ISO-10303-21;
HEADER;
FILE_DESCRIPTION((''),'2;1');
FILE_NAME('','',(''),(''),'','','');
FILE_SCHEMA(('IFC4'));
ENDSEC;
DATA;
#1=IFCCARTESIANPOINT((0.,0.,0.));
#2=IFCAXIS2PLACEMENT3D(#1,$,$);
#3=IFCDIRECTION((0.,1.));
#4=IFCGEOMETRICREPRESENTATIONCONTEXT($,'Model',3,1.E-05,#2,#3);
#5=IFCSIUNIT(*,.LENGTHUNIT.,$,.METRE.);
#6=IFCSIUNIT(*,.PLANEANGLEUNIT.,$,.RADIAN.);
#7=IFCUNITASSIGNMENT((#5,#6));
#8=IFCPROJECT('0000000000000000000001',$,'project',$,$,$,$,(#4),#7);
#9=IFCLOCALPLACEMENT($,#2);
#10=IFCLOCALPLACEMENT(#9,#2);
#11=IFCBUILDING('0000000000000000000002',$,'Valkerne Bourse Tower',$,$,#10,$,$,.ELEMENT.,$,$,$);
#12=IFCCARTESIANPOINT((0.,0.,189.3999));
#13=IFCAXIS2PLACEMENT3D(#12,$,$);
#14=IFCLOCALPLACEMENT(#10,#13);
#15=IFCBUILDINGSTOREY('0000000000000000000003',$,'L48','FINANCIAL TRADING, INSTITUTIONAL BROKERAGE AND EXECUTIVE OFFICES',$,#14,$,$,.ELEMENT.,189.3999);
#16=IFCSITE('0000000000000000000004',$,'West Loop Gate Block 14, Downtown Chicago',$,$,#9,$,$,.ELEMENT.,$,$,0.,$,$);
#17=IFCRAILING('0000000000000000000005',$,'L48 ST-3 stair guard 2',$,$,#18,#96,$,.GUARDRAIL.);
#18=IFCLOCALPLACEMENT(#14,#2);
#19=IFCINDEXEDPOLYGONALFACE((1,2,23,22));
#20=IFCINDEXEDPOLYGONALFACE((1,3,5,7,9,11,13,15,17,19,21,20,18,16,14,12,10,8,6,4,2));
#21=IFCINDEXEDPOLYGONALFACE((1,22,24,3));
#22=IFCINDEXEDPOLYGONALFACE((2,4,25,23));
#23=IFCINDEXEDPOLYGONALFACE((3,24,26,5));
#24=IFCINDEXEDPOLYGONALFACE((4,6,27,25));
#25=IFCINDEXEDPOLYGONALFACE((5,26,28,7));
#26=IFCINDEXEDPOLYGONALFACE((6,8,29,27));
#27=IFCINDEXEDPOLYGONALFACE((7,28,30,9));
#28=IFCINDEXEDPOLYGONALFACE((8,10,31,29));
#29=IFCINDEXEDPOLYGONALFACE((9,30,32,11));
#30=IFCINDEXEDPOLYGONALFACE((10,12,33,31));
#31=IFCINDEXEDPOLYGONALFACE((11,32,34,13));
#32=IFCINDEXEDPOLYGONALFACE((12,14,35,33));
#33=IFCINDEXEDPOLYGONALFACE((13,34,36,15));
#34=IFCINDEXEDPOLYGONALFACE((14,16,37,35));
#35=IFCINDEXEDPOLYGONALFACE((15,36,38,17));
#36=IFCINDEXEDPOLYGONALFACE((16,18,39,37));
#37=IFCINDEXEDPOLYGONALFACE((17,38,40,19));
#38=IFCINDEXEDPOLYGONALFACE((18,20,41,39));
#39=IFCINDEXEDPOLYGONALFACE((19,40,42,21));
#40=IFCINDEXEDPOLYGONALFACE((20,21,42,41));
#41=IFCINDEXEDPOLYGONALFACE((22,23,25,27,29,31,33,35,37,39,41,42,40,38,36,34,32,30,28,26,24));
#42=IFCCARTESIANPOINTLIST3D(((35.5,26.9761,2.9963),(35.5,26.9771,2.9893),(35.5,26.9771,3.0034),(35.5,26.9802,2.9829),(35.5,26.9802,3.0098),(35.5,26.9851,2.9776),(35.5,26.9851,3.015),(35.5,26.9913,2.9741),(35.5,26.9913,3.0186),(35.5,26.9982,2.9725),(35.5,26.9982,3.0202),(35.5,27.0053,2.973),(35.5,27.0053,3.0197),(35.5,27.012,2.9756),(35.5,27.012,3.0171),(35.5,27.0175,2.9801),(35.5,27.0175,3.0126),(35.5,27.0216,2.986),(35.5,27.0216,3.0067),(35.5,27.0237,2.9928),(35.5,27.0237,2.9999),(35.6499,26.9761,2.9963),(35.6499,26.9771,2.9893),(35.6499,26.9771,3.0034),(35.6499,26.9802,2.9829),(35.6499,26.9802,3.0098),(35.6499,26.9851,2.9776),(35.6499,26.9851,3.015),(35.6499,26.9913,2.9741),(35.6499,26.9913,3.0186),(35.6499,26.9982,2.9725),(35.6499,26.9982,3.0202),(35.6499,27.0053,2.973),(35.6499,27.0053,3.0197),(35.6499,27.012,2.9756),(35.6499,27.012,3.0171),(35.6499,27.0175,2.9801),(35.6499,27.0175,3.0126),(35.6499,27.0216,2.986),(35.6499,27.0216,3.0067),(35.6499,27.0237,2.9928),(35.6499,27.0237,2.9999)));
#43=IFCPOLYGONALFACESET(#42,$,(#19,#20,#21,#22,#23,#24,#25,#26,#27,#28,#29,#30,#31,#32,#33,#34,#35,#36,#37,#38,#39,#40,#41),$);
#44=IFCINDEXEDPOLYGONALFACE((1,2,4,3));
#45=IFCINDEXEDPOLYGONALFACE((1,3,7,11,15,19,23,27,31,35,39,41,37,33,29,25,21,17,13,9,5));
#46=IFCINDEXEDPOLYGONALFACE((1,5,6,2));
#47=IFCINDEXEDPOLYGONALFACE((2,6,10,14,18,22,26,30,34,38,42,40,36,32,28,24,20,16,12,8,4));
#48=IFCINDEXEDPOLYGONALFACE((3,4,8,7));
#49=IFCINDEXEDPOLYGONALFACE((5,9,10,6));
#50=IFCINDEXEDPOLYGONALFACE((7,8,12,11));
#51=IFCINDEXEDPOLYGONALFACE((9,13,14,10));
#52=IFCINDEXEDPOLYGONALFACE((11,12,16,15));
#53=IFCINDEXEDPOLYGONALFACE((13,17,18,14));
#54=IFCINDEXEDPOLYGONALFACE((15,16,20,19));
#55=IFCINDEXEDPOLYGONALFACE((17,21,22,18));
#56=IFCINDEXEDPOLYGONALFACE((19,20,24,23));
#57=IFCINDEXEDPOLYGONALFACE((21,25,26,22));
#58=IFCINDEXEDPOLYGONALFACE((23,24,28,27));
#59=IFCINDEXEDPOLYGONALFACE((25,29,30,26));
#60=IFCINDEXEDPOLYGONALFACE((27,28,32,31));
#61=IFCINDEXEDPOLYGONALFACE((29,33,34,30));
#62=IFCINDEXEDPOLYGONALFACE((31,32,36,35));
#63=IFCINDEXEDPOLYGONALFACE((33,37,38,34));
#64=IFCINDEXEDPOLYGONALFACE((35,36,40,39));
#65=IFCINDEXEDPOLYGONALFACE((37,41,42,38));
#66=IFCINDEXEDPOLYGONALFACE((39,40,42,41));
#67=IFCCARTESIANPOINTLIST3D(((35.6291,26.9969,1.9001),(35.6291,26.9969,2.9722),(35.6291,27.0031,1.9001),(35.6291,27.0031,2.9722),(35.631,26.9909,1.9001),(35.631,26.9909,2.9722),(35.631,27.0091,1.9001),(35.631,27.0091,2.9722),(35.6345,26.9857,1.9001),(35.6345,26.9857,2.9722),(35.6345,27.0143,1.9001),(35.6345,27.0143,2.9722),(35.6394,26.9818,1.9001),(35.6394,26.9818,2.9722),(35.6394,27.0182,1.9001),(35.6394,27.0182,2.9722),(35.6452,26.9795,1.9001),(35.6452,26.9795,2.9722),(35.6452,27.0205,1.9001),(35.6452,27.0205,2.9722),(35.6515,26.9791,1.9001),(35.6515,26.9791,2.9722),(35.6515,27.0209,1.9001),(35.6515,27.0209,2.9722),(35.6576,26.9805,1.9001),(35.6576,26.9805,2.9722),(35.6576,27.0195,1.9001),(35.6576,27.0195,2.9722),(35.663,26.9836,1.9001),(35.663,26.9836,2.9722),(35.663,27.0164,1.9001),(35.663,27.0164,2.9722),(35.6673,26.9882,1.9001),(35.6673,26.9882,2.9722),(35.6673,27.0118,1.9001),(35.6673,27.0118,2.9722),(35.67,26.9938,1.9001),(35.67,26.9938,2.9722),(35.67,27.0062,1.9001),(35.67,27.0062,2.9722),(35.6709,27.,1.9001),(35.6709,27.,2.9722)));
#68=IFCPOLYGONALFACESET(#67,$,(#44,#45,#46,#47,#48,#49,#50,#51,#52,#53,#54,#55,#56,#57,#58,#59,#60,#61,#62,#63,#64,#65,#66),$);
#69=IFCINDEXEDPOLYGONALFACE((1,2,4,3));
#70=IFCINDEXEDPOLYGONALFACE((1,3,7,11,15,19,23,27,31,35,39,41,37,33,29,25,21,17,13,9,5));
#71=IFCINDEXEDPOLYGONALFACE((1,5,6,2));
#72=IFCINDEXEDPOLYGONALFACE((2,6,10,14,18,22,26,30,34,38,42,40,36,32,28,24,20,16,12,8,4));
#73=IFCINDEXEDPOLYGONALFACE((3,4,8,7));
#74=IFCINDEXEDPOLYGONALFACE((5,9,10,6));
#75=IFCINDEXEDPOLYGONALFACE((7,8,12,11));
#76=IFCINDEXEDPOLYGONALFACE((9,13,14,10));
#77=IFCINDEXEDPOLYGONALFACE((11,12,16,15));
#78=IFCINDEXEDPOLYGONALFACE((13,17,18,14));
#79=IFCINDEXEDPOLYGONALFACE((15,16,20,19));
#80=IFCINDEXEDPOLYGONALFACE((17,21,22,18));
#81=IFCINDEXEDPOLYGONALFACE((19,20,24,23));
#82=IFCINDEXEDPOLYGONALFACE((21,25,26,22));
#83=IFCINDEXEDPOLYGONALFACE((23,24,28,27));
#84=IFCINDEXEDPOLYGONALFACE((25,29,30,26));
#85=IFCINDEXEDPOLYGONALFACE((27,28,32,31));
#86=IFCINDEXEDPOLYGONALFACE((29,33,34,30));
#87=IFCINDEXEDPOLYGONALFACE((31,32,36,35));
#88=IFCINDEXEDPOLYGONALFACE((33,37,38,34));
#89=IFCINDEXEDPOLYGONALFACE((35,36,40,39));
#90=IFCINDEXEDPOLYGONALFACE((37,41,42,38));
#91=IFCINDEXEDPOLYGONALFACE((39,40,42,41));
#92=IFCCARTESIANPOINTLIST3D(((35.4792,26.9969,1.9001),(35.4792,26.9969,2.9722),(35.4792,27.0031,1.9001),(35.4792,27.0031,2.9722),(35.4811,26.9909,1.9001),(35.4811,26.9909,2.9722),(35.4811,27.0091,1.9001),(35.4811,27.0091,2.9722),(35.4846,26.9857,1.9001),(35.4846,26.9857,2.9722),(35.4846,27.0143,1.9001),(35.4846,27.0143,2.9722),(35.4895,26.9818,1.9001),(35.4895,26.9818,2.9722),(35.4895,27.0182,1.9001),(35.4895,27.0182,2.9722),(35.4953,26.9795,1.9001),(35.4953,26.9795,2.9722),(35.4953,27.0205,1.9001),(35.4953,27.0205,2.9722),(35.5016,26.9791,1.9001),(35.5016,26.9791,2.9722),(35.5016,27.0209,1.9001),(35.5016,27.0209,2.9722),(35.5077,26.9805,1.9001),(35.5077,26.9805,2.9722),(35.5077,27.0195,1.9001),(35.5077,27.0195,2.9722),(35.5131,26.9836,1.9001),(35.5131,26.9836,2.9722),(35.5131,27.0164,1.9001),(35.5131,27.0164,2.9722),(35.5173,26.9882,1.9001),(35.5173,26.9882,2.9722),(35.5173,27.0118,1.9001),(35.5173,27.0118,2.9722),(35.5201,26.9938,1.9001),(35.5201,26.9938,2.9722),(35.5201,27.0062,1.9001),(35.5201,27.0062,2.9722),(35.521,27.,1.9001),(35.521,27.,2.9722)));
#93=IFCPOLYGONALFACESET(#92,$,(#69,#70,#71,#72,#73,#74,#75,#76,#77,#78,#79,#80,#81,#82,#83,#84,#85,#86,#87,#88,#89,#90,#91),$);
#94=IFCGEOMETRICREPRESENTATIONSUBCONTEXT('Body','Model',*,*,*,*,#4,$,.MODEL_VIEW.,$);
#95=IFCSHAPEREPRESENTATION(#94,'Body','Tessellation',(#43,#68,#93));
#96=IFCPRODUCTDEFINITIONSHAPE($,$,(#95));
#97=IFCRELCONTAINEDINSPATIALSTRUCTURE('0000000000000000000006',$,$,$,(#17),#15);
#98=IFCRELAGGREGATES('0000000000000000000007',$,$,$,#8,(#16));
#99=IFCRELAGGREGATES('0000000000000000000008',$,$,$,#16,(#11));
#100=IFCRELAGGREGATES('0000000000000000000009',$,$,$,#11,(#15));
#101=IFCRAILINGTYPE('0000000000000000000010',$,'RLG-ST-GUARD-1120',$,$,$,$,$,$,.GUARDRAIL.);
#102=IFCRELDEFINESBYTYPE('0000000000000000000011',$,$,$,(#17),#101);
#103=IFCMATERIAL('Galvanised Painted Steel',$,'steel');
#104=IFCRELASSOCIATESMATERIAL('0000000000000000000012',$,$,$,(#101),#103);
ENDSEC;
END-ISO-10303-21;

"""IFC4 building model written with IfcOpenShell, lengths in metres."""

from ifc_helpers import new_model, si_unit, direction, frame, origin, origin_2d, place, context, subcontext, project, spatial, circle, extrude, material, type_object, element, save


model = new_model("IFC4")

# Units and contexts
model_context = context("Model", 3, precision=1e-05, world=origin(), true_north=direction((0.0, 1.0)))
body_context = subcontext(model_context, "Body", "Model", "MODEL_VIEW")
ifc_project = project(units=[si_unit("LENGTHUNIT", "METRE"), si_unit("PLANEANGLEUNIT", "RADIAN")], contexts=[model_context])

# Site, building, storey
site_placement = place(None, origin())
site = spatial("IfcSite", under=ifc_project, at=site_placement, Name="West Loop Gate Block 14, Downtown Chicago", CompositionType="ELEMENT", RefElevation=0.0)
building_placement = place(site_placement, origin())
building = spatial("IfcBuilding", under=site, at=building_placement, Name="Valkerne Bourse Tower", CompositionType="ELEMENT")
storey_placement = place(building_placement, frame((0.0, 0.0, 189.3999)))
storey = spatial("IfcBuildingStorey", under=building, at=storey_placement, Name="L48", Description="FINANCIAL TRADING, INSTITUTIONAL BROKERAGE AND EXECUTIVE OFFICES", CompositionType="ELEMENT", Elevation=189.3999)

# Railing
ifc_material_1 = material(Name="Galvanised Painted Steel", Category="steel")
railing_type_1 = type_object("IfcRailingType", Name="RLG-ST-GUARD-1120", PredefinedType="GUARDRAIL", material=ifc_material_1)
railing_1_placement = place(storey_placement, frame((35.6499, 27.0, 1.9001)))
element("IfcRailing", 1, at=railing_1_placement, inside=storey, type_object=railing_type_1, Name="L48 ST-3 stair guard 2", PredefinedType="GUARDRAIL", context=body_context, shape_type="SweptSolid", body=[
    extrude(circle(Radius=0.0239, at=origin_2d()), frame((0.0, 0.0, 1.0962), z_axis=(-1.0, 0.0, 0.0), x_axis=(0.0, -1.0, 0.0)), (0.0, 0.0, 1.0), 0.1499),
    extrude(circle(Radius=0.021, at=origin_2d()), origin(), (0.0, 0.0, 1.0), 1.072),
    extrude(circle(Radius=0.021, at=origin_2d()), frame((-0.1499, 0.0, 0.0)), (0.0, 0.0, 1.0), 1.072),
])

save(model, "model.ifc")
